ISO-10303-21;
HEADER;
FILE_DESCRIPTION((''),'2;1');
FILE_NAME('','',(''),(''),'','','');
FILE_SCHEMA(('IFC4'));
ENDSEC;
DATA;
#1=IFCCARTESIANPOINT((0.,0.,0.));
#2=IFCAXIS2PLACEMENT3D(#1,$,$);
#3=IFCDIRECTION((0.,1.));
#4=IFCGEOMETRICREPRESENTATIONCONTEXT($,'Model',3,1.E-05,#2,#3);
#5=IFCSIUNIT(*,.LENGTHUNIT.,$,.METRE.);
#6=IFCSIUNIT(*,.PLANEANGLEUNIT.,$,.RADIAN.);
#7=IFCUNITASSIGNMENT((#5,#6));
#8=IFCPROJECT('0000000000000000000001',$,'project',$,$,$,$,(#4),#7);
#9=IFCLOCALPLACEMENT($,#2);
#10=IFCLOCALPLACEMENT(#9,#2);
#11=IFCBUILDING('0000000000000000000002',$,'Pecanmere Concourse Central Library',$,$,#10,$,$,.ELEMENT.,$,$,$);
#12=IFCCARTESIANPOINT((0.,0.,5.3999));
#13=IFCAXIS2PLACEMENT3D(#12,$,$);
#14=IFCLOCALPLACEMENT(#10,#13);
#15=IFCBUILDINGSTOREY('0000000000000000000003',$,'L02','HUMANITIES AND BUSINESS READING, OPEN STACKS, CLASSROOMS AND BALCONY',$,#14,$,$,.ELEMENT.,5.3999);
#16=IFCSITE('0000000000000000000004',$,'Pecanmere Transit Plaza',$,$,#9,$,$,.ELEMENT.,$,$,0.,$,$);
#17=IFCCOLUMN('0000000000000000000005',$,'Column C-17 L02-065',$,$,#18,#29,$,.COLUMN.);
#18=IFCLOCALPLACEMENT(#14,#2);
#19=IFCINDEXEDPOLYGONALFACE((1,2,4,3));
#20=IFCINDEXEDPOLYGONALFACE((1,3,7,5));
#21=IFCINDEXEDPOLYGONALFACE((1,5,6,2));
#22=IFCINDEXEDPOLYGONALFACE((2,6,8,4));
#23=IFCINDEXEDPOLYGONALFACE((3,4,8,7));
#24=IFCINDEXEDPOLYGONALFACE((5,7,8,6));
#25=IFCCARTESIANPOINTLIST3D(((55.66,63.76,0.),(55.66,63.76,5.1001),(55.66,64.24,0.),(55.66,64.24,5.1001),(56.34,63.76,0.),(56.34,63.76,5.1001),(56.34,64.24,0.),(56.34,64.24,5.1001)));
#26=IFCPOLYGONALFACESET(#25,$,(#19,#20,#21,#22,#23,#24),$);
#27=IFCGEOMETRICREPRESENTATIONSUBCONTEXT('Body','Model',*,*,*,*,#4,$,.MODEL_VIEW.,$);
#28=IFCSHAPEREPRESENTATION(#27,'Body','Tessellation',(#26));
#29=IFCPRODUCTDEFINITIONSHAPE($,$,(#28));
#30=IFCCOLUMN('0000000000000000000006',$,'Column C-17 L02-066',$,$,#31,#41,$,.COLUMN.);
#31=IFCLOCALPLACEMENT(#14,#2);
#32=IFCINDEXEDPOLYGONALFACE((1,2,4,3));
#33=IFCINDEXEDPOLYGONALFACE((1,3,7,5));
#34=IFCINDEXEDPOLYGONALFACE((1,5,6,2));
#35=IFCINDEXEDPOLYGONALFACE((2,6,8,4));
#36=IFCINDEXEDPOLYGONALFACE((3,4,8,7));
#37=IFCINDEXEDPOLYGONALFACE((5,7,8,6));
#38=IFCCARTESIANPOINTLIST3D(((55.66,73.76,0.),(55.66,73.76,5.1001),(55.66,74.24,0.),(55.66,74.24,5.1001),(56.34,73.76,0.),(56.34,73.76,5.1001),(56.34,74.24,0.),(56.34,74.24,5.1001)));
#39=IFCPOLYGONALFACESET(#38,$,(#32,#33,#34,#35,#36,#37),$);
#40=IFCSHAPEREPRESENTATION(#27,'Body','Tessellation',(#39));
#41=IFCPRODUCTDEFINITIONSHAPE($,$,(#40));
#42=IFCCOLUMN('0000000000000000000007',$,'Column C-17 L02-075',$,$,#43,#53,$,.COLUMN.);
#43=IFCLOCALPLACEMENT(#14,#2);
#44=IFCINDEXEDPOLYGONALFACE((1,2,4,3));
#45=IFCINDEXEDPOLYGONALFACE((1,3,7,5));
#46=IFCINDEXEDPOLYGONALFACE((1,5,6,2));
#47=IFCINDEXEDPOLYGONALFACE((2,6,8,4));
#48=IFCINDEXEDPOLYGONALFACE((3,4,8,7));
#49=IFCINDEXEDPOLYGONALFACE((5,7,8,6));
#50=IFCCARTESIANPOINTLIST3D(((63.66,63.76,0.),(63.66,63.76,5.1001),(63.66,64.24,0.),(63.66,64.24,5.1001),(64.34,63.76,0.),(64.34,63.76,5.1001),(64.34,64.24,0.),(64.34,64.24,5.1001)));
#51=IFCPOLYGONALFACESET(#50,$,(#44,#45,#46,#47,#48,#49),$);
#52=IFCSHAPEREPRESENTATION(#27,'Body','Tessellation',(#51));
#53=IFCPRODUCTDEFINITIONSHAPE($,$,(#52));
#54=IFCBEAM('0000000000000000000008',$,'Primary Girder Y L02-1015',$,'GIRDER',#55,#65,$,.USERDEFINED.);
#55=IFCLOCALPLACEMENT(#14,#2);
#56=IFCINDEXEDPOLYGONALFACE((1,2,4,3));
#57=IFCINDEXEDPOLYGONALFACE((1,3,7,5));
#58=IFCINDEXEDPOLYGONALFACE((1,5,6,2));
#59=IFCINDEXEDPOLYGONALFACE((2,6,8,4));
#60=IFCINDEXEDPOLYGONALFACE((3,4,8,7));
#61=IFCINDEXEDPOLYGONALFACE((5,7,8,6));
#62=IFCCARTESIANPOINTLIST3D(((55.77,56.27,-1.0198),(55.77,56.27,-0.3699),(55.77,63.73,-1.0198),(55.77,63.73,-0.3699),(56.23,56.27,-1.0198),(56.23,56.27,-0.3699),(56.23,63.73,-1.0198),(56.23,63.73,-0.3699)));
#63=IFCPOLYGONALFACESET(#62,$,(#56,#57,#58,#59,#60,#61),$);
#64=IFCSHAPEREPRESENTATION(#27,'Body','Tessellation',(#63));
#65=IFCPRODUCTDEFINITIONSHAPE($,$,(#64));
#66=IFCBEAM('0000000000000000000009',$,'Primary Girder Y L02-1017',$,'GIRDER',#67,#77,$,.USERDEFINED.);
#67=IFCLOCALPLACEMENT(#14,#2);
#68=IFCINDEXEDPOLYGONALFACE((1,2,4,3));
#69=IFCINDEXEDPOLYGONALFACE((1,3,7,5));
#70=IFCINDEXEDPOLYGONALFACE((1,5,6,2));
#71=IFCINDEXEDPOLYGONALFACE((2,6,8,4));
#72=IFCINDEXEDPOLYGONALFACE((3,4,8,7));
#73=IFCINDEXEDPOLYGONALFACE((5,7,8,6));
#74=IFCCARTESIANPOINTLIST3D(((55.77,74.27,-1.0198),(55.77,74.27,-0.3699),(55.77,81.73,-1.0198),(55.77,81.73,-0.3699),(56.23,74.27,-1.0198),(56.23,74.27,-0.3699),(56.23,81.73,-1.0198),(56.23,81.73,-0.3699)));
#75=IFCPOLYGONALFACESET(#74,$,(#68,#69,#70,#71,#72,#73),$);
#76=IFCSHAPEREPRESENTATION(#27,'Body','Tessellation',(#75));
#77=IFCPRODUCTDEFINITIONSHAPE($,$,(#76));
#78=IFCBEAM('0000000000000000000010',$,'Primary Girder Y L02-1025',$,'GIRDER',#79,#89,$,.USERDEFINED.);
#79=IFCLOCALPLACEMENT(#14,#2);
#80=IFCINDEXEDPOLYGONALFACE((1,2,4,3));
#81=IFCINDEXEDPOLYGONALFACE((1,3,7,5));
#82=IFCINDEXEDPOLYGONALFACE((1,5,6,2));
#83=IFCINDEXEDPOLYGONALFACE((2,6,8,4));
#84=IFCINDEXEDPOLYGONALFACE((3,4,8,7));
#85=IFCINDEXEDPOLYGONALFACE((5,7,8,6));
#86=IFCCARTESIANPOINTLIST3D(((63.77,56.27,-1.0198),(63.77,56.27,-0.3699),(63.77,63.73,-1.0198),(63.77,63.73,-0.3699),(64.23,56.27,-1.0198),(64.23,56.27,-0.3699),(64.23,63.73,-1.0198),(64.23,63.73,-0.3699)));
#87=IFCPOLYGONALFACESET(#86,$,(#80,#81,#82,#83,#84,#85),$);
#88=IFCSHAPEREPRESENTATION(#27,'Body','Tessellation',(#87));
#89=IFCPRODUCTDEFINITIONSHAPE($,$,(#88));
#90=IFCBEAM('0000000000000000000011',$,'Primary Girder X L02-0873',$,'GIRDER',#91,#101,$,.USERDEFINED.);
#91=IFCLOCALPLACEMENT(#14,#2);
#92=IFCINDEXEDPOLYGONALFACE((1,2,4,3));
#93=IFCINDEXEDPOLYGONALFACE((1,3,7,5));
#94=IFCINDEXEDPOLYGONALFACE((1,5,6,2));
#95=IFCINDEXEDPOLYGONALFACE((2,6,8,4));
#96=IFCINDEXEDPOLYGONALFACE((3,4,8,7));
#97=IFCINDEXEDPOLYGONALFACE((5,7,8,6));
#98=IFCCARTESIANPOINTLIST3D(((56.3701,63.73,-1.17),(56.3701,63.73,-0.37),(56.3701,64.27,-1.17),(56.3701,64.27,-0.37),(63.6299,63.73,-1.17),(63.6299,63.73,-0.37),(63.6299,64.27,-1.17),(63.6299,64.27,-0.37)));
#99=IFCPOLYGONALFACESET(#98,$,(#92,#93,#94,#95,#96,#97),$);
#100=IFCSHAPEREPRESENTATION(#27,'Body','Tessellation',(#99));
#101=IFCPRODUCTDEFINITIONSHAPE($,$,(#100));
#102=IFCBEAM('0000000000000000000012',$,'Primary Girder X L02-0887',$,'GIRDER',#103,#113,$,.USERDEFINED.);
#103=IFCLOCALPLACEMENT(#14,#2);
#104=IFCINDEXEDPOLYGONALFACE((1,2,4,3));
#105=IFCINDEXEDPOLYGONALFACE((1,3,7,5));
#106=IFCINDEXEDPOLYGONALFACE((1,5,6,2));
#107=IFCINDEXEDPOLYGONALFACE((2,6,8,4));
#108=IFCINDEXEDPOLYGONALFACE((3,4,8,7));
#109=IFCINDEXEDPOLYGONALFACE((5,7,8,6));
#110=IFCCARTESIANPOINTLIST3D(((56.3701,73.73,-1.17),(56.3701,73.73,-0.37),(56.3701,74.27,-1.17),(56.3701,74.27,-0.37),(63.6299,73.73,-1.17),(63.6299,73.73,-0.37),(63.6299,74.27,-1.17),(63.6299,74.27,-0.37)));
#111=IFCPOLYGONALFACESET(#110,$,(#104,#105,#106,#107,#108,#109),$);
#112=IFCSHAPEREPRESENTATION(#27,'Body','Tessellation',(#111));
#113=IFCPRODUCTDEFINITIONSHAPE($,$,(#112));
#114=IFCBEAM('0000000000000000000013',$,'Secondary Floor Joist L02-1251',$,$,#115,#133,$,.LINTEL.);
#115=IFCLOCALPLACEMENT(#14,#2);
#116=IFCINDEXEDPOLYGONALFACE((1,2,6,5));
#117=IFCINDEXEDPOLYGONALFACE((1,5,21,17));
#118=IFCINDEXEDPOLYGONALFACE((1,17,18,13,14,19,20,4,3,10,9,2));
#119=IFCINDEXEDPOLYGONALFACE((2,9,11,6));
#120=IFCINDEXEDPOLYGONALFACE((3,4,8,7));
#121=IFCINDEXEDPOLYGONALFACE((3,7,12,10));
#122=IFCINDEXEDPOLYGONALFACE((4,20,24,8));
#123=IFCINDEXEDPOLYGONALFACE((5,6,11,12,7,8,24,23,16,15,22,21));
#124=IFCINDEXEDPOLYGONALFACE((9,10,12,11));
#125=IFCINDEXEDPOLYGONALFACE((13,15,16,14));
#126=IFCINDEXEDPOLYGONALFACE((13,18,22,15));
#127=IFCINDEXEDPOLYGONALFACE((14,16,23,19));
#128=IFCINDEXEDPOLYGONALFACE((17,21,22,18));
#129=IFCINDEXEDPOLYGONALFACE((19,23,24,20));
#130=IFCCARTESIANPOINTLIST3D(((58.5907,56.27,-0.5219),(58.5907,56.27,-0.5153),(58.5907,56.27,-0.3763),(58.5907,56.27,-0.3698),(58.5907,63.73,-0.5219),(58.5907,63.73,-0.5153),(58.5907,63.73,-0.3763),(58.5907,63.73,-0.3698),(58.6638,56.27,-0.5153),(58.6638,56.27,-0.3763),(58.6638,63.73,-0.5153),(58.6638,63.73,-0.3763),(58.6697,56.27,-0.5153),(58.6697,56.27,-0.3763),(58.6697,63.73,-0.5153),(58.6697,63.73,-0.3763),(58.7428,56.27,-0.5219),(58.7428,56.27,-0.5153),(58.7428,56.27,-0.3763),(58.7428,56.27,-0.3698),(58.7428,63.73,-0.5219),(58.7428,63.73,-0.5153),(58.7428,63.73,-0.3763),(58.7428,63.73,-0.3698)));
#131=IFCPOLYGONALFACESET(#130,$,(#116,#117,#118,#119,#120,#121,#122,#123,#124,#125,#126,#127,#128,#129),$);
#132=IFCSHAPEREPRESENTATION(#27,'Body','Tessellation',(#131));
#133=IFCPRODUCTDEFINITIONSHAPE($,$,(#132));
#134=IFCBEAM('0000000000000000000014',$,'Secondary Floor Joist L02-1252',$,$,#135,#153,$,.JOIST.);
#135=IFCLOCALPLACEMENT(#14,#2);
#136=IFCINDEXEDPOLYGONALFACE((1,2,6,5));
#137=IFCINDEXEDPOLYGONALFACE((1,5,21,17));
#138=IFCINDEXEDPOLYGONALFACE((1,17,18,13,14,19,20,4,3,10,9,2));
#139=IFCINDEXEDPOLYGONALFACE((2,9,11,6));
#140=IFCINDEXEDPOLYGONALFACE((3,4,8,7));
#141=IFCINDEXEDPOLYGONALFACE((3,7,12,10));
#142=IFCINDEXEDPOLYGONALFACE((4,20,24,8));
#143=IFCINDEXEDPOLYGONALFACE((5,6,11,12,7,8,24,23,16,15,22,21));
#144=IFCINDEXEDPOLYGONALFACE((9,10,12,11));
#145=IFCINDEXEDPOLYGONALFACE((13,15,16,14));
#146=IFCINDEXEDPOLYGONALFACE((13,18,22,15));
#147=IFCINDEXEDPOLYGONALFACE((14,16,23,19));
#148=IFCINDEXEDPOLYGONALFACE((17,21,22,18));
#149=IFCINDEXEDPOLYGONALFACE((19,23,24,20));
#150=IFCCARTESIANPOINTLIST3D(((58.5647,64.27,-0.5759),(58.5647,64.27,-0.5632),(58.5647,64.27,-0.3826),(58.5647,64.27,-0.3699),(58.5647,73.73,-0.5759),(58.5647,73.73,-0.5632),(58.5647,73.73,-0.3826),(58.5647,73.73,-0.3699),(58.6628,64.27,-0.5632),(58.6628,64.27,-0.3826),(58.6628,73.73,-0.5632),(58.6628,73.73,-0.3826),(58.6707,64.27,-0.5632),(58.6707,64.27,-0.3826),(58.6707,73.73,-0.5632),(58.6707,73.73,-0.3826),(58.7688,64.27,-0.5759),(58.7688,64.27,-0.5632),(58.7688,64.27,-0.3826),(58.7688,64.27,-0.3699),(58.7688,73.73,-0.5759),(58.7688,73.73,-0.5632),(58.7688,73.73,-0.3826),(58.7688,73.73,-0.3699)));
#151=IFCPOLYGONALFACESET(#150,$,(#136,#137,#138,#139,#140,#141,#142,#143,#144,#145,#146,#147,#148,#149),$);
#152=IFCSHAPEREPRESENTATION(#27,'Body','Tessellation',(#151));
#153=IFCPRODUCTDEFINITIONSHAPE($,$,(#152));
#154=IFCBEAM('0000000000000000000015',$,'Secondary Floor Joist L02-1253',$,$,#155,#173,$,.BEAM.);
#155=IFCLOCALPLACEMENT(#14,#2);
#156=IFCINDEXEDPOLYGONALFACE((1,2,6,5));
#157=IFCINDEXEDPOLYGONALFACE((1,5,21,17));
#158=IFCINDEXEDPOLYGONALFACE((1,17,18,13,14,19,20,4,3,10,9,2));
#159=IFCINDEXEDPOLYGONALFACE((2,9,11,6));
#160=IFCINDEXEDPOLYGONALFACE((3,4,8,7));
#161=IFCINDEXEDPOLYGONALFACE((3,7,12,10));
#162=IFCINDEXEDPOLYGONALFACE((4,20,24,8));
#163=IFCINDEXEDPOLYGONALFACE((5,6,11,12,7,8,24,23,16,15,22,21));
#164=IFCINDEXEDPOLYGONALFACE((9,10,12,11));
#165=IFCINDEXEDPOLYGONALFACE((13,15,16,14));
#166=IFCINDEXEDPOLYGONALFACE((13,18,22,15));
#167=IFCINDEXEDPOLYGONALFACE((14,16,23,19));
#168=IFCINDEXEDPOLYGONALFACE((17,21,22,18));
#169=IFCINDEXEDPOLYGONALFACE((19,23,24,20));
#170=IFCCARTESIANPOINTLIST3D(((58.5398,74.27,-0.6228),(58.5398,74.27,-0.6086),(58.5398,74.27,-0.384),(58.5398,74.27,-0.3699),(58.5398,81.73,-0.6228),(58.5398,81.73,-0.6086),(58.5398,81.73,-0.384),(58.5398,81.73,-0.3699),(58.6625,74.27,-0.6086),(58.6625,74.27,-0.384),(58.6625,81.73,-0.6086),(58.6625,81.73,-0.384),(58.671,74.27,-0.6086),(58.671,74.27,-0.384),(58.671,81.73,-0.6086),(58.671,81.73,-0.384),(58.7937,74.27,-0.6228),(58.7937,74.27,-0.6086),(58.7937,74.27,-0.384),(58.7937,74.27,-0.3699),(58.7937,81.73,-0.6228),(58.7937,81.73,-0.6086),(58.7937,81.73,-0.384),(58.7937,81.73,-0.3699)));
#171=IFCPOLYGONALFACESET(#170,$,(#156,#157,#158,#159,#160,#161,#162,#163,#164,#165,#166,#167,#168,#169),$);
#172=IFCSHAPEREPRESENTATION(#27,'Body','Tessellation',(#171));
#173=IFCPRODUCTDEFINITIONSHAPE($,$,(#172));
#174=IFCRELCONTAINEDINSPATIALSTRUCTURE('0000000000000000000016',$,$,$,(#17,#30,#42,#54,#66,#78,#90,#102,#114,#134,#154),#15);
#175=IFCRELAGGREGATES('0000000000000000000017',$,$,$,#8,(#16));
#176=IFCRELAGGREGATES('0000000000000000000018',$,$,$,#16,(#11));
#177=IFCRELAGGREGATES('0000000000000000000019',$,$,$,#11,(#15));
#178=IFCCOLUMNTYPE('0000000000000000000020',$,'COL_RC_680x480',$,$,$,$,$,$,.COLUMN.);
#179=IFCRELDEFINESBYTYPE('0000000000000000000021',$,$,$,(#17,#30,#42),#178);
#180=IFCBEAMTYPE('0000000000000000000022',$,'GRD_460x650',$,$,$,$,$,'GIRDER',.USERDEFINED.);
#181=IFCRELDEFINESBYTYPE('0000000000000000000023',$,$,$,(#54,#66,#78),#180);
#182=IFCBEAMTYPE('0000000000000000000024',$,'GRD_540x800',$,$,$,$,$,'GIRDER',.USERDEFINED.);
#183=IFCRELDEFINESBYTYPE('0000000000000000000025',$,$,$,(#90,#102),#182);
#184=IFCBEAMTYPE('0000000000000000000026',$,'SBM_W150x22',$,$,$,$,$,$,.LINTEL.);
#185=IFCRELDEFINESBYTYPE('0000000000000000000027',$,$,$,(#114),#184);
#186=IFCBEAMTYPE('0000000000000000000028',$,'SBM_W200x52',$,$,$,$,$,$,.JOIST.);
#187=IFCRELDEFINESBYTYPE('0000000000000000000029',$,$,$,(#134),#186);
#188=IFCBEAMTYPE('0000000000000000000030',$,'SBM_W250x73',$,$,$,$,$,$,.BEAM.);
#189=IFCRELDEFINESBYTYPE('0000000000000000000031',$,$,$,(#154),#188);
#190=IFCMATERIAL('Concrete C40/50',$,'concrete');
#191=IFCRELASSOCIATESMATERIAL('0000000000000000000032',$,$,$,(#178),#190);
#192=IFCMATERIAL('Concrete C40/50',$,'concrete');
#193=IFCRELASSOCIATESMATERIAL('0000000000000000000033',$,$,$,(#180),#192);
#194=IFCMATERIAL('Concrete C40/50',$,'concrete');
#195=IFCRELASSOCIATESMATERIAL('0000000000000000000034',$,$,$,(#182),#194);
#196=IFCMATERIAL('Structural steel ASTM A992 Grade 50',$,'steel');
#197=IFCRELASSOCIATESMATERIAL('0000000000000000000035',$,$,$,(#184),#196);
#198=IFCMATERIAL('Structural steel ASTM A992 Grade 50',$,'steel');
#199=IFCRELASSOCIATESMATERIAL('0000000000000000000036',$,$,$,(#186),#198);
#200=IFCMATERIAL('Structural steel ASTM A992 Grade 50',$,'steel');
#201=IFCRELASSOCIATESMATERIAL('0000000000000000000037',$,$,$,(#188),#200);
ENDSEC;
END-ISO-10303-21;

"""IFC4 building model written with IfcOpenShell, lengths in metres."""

from ifc_helpers import new_model, si_unit, direction, frame, origin, origin_2d, place, context, subcontext, project, spatial, rectangle, i_section, extrude, material, material_profile, profile_set, type_object, element, save


model = new_model("IFC4")

# Units and contexts
model_context = context("Model", 3, precision=1e-05, world=origin(), true_north=direction((0.0, 1.0)))
body_context = subcontext(model_context, "Body", "Model", "MODEL_VIEW")
ifc_project = project(units=[si_unit("LENGTHUNIT", "METRE"), si_unit("PLANEANGLEUNIT", "RADIAN")], contexts=[model_context])

# Site, building, storey
site_placement = place(None, origin())
site = spatial("IfcSite", under=ifc_project, at=site_placement, Name="Pecanmere Transit Plaza", CompositionType="ELEMENT", RefElevation=0.0)
building_placement = place(site_placement, origin())
building = spatial("IfcBuilding", under=site, at=building_placement, Name="Pecanmere Concourse Central Library", CompositionType="ELEMENT")
storey_placement = place(building_placement, frame((0.0, 0.0, 5.3999)))
storey = spatial("IfcBuildingStorey", under=building, at=storey_placement, Name="L02", Description="HUMANITIES AND BUSINESS READING, OPEN STACKS, CLASSROOMS AND BALCONY", CompositionType="ELEMENT", Elevation=5.3999)

# Columns
ifc_material_1 = material(Name="Concrete C40/50", Category="concrete")
ifc_material_profile_1 = material_profile(ifc_material_1, rectangle(XDim=0.6799, YDim=0.48, at=origin_2d()), Name="RC 680x480")
ifc_profile_set_1 = profile_set([ifc_material_profile_1], Name="Concrete C40/50")
column_type = type_object("IfcColumnType", Name="COL_RC_680x480", PredefinedType="COLUMN", material=ifc_profile_set_1)
for number, where, z_axis, x_axis, name in (
    (1, (56.0, 64.0, 0.0), (0.0, 0.0, 1.0), (1.0, 0.0, 0.0), "Column C-17 L02-065"),
    (2, (56.0, 74.0, 0.0), (0.0, 0.0, 1.0), (1.0, 0.0, 0.0), "Column C-17 L02-066"),
    (3, (64.0, 64.0, 0.0), (0.0, 0.0, 1.0), (1.0, 0.0, 0.0), "Column C-17 L02-075"),
):
    element("IfcColumn", number, at=place(storey_placement, frame(where, z_axis=z_axis, x_axis=x_axis)), inside=storey, type_object=column_type, Name=name, PredefinedType="COLUMN", context=body_context, shape_type="SweptSolid", body=[
        extrude(rectangle(XDim=0.6799, YDim=0.48, at=origin_2d()), origin(), (0.0, 0.0, 1.0), 5.1001),
    ])

# Beams
ifc_material_2 = material(Name="Concrete C40/50", Category="concrete")
ifc_material_profile_2 = material_profile(ifc_material_2, rectangle(XDim=0.46, YDim=0.6499, at=origin_2d()), Name="RC 460x650")
ifc_profile_set_2 = profile_set([ifc_material_profile_2], Name="Concrete C40/50")
beam_type_1 = type_object("IfcBeamType", Name="GRD_460x650", ElementType="GIRDER", PredefinedType="USERDEFINED", material=ifc_profile_set_2)
for number, where, z_axis, x_axis, name in (
    (4, (56.0, 56.27, -0.6948), (0.0, 1.0, 0.0), (-1.0, 0.0, 0.0), "Primary Girder Y L02-1015"),
    (5, (56.0, 74.27, -0.6948), (0.0, 1.0, 0.0), (-1.0, 0.0, 0.0), "Primary Girder Y L02-1017"),
    (6, (64.0, 56.27, -0.6948), (0.0, 1.0, 0.0), (-1.0, 0.0, 0.0), "Primary Girder Y L02-1025"),
):
    element("IfcBeam", number, at=place(storey_placement, frame(where, z_axis=z_axis, x_axis=x_axis)), inside=storey, type_object=beam_type_1, Name=name, ObjectType="GIRDER", PredefinedType="USERDEFINED", context=body_context, shape_type="SweptSolid", body=[
        extrude(rectangle(XDim=0.46, YDim=0.6499, at=origin_2d()), origin(), (0.0, 0.0, 1.0), 7.46),
    ])
ifc_material_3 = material(Name="Concrete C40/50", Category="concrete")
ifc_material_profile_3 = material_profile(ifc_material_3, rectangle(XDim=0.54, YDim=0.8, at=origin_2d()), Name="RC 540x800")
ifc_profile_set_3 = profile_set([ifc_material_profile_3], Name="Concrete C40/50")
beam_type_2 = type_object("IfcBeamType", Name="GRD_540x800", ElementType="GIRDER", PredefinedType="USERDEFINED", material=ifc_profile_set_3)
for number, where, z_axis, x_axis, name in (
    (7, (56.3701, 64.0, -0.77), (1.0, 0.0, 0.0), (0.0, 1.0, 0.0), "Primary Girder X L02-0873"),
    (8, (56.3701, 74.0, -0.77), (1.0, 0.0, 0.0), (0.0, 1.0, 0.0), "Primary Girder X L02-0887"),
):
    element("IfcBeam", number, at=place(storey_placement, frame(where, z_axis=z_axis, x_axis=x_axis)), inside=storey, type_object=beam_type_2, Name=name, ObjectType="GIRDER", PredefinedType="USERDEFINED", context=body_context, shape_type="SweptSolid", body=[
        extrude(rectangle(XDim=0.54, YDim=0.8, at=origin_2d()), origin(), (0.0, 0.0, 1.0), 7.2598),
    ])
ifc_material_4 = material(Name="Structural steel ASTM A992 Grade 50", Category="steel")
ifc_material_profile_4 = material_profile(ifc_material_4, i_section(OverallWidth=0.1521, OverallDepth=0.1521, WebThickness=0.0059, FlangeThickness=0.0066, at=origin_2d()), Name="W150x22.5")
ifc_profile_set_4 = profile_set([ifc_material_profile_4], Name="Structural steel ASTM A992 Grade 50")
beam_type_3 = type_object("IfcBeamType", Name="SBM_W150x22", PredefinedType="LINTEL", material=ifc_profile_set_4)
beam_1_placement = place(storey_placement, frame((58.6667, 56.27, -0.4458), z_axis=(0.0, 1.0, 0.0), x_axis=(-1.0, 0.0, 0.0)))
element("IfcBeam", 9, at=beam_1_placement, inside=storey, type_object=beam_type_3, Name="Secondary Floor Joist L02-1251", PredefinedType="LINTEL", context=body_context, shape_type="SweptSolid", body=[
    extrude(i_section(OverallWidth=0.1521, OverallDepth=0.1521, WebThickness=0.0059, FlangeThickness=0.0066, at=origin_2d()), origin(), (0.0, 0.0, 1.0), 7.46),
])
ifc_material_5 = material(Name="Structural steel ASTM A992 Grade 50", Category="steel")
ifc_material_profile_5 = material_profile(ifc_material_5, i_section(OverallWidth=0.2041, OverallDepth=0.2061, WebThickness=0.0078, FlangeThickness=0.0127, at=origin_2d()), Name="W200x52")
ifc_profile_set_5 = profile_set([ifc_material_profile_5], Name="Structural steel ASTM A992 Grade 50")
beam_type_4 = type_object("IfcBeamType", Name="SBM_W200x52", PredefinedType="JOIST", material=ifc_profile_set_5)
beam_2_placement = place(storey_placement, frame((58.6667, 64.27, -0.4729), z_axis=(0.0, 1.0, 0.0), x_axis=(-1.0, 0.0, 0.0)))
element("IfcBeam", 10, at=beam_2_placement, inside=storey, type_object=beam_type_4, Name="Secondary Floor Joist L02-1252", PredefinedType="JOIST", context=body_context, shape_type="SweptSolid", body=[
    extrude(i_section(OverallWidth=0.2041, OverallDepth=0.2061, WebThickness=0.0078, FlangeThickness=0.0127, at=origin_2d()), origin(), (0.0, 0.0, 1.0), 9.46),
])
ifc_material_6 = material(Name="Structural steel ASTM A992 Grade 50", Category="steel")
ifc_material_profile_6 = material_profile(ifc_material_6, i_section(OverallWidth=0.2539, OverallDepth=0.2529, WebThickness=0.0085, FlangeThickness=0.0142, at=origin_2d()), Name="W250x73")
ifc_profile_set_6 = profile_set([ifc_material_profile_6], Name="Structural steel ASTM A992 Grade 50")
beam_type_5 = type_object("IfcBeamType", Name="SBM_W250x73", PredefinedType="BEAM", material=ifc_profile_set_6)
beam_3_placement = place(storey_placement, frame((58.6667, 74.27, -0.4963), z_axis=(0.0, 1.0, 0.0), x_axis=(-1.0, 0.0, 0.0)))
element("IfcBeam", 11, at=beam_3_placement, inside=storey, type_object=beam_type_5, Name="Secondary Floor Joist L02-1253", PredefinedType="BEAM", context=body_context, shape_type="SweptSolid", body=[
    extrude(i_section(OverallWidth=0.2539, OverallDepth=0.2529, WebThickness=0.0085, FlangeThickness=0.0142, at=origin_2d()), origin(), (0.0, 0.0, 1.0), 7.46),
])

save(model, "model.ifc")
